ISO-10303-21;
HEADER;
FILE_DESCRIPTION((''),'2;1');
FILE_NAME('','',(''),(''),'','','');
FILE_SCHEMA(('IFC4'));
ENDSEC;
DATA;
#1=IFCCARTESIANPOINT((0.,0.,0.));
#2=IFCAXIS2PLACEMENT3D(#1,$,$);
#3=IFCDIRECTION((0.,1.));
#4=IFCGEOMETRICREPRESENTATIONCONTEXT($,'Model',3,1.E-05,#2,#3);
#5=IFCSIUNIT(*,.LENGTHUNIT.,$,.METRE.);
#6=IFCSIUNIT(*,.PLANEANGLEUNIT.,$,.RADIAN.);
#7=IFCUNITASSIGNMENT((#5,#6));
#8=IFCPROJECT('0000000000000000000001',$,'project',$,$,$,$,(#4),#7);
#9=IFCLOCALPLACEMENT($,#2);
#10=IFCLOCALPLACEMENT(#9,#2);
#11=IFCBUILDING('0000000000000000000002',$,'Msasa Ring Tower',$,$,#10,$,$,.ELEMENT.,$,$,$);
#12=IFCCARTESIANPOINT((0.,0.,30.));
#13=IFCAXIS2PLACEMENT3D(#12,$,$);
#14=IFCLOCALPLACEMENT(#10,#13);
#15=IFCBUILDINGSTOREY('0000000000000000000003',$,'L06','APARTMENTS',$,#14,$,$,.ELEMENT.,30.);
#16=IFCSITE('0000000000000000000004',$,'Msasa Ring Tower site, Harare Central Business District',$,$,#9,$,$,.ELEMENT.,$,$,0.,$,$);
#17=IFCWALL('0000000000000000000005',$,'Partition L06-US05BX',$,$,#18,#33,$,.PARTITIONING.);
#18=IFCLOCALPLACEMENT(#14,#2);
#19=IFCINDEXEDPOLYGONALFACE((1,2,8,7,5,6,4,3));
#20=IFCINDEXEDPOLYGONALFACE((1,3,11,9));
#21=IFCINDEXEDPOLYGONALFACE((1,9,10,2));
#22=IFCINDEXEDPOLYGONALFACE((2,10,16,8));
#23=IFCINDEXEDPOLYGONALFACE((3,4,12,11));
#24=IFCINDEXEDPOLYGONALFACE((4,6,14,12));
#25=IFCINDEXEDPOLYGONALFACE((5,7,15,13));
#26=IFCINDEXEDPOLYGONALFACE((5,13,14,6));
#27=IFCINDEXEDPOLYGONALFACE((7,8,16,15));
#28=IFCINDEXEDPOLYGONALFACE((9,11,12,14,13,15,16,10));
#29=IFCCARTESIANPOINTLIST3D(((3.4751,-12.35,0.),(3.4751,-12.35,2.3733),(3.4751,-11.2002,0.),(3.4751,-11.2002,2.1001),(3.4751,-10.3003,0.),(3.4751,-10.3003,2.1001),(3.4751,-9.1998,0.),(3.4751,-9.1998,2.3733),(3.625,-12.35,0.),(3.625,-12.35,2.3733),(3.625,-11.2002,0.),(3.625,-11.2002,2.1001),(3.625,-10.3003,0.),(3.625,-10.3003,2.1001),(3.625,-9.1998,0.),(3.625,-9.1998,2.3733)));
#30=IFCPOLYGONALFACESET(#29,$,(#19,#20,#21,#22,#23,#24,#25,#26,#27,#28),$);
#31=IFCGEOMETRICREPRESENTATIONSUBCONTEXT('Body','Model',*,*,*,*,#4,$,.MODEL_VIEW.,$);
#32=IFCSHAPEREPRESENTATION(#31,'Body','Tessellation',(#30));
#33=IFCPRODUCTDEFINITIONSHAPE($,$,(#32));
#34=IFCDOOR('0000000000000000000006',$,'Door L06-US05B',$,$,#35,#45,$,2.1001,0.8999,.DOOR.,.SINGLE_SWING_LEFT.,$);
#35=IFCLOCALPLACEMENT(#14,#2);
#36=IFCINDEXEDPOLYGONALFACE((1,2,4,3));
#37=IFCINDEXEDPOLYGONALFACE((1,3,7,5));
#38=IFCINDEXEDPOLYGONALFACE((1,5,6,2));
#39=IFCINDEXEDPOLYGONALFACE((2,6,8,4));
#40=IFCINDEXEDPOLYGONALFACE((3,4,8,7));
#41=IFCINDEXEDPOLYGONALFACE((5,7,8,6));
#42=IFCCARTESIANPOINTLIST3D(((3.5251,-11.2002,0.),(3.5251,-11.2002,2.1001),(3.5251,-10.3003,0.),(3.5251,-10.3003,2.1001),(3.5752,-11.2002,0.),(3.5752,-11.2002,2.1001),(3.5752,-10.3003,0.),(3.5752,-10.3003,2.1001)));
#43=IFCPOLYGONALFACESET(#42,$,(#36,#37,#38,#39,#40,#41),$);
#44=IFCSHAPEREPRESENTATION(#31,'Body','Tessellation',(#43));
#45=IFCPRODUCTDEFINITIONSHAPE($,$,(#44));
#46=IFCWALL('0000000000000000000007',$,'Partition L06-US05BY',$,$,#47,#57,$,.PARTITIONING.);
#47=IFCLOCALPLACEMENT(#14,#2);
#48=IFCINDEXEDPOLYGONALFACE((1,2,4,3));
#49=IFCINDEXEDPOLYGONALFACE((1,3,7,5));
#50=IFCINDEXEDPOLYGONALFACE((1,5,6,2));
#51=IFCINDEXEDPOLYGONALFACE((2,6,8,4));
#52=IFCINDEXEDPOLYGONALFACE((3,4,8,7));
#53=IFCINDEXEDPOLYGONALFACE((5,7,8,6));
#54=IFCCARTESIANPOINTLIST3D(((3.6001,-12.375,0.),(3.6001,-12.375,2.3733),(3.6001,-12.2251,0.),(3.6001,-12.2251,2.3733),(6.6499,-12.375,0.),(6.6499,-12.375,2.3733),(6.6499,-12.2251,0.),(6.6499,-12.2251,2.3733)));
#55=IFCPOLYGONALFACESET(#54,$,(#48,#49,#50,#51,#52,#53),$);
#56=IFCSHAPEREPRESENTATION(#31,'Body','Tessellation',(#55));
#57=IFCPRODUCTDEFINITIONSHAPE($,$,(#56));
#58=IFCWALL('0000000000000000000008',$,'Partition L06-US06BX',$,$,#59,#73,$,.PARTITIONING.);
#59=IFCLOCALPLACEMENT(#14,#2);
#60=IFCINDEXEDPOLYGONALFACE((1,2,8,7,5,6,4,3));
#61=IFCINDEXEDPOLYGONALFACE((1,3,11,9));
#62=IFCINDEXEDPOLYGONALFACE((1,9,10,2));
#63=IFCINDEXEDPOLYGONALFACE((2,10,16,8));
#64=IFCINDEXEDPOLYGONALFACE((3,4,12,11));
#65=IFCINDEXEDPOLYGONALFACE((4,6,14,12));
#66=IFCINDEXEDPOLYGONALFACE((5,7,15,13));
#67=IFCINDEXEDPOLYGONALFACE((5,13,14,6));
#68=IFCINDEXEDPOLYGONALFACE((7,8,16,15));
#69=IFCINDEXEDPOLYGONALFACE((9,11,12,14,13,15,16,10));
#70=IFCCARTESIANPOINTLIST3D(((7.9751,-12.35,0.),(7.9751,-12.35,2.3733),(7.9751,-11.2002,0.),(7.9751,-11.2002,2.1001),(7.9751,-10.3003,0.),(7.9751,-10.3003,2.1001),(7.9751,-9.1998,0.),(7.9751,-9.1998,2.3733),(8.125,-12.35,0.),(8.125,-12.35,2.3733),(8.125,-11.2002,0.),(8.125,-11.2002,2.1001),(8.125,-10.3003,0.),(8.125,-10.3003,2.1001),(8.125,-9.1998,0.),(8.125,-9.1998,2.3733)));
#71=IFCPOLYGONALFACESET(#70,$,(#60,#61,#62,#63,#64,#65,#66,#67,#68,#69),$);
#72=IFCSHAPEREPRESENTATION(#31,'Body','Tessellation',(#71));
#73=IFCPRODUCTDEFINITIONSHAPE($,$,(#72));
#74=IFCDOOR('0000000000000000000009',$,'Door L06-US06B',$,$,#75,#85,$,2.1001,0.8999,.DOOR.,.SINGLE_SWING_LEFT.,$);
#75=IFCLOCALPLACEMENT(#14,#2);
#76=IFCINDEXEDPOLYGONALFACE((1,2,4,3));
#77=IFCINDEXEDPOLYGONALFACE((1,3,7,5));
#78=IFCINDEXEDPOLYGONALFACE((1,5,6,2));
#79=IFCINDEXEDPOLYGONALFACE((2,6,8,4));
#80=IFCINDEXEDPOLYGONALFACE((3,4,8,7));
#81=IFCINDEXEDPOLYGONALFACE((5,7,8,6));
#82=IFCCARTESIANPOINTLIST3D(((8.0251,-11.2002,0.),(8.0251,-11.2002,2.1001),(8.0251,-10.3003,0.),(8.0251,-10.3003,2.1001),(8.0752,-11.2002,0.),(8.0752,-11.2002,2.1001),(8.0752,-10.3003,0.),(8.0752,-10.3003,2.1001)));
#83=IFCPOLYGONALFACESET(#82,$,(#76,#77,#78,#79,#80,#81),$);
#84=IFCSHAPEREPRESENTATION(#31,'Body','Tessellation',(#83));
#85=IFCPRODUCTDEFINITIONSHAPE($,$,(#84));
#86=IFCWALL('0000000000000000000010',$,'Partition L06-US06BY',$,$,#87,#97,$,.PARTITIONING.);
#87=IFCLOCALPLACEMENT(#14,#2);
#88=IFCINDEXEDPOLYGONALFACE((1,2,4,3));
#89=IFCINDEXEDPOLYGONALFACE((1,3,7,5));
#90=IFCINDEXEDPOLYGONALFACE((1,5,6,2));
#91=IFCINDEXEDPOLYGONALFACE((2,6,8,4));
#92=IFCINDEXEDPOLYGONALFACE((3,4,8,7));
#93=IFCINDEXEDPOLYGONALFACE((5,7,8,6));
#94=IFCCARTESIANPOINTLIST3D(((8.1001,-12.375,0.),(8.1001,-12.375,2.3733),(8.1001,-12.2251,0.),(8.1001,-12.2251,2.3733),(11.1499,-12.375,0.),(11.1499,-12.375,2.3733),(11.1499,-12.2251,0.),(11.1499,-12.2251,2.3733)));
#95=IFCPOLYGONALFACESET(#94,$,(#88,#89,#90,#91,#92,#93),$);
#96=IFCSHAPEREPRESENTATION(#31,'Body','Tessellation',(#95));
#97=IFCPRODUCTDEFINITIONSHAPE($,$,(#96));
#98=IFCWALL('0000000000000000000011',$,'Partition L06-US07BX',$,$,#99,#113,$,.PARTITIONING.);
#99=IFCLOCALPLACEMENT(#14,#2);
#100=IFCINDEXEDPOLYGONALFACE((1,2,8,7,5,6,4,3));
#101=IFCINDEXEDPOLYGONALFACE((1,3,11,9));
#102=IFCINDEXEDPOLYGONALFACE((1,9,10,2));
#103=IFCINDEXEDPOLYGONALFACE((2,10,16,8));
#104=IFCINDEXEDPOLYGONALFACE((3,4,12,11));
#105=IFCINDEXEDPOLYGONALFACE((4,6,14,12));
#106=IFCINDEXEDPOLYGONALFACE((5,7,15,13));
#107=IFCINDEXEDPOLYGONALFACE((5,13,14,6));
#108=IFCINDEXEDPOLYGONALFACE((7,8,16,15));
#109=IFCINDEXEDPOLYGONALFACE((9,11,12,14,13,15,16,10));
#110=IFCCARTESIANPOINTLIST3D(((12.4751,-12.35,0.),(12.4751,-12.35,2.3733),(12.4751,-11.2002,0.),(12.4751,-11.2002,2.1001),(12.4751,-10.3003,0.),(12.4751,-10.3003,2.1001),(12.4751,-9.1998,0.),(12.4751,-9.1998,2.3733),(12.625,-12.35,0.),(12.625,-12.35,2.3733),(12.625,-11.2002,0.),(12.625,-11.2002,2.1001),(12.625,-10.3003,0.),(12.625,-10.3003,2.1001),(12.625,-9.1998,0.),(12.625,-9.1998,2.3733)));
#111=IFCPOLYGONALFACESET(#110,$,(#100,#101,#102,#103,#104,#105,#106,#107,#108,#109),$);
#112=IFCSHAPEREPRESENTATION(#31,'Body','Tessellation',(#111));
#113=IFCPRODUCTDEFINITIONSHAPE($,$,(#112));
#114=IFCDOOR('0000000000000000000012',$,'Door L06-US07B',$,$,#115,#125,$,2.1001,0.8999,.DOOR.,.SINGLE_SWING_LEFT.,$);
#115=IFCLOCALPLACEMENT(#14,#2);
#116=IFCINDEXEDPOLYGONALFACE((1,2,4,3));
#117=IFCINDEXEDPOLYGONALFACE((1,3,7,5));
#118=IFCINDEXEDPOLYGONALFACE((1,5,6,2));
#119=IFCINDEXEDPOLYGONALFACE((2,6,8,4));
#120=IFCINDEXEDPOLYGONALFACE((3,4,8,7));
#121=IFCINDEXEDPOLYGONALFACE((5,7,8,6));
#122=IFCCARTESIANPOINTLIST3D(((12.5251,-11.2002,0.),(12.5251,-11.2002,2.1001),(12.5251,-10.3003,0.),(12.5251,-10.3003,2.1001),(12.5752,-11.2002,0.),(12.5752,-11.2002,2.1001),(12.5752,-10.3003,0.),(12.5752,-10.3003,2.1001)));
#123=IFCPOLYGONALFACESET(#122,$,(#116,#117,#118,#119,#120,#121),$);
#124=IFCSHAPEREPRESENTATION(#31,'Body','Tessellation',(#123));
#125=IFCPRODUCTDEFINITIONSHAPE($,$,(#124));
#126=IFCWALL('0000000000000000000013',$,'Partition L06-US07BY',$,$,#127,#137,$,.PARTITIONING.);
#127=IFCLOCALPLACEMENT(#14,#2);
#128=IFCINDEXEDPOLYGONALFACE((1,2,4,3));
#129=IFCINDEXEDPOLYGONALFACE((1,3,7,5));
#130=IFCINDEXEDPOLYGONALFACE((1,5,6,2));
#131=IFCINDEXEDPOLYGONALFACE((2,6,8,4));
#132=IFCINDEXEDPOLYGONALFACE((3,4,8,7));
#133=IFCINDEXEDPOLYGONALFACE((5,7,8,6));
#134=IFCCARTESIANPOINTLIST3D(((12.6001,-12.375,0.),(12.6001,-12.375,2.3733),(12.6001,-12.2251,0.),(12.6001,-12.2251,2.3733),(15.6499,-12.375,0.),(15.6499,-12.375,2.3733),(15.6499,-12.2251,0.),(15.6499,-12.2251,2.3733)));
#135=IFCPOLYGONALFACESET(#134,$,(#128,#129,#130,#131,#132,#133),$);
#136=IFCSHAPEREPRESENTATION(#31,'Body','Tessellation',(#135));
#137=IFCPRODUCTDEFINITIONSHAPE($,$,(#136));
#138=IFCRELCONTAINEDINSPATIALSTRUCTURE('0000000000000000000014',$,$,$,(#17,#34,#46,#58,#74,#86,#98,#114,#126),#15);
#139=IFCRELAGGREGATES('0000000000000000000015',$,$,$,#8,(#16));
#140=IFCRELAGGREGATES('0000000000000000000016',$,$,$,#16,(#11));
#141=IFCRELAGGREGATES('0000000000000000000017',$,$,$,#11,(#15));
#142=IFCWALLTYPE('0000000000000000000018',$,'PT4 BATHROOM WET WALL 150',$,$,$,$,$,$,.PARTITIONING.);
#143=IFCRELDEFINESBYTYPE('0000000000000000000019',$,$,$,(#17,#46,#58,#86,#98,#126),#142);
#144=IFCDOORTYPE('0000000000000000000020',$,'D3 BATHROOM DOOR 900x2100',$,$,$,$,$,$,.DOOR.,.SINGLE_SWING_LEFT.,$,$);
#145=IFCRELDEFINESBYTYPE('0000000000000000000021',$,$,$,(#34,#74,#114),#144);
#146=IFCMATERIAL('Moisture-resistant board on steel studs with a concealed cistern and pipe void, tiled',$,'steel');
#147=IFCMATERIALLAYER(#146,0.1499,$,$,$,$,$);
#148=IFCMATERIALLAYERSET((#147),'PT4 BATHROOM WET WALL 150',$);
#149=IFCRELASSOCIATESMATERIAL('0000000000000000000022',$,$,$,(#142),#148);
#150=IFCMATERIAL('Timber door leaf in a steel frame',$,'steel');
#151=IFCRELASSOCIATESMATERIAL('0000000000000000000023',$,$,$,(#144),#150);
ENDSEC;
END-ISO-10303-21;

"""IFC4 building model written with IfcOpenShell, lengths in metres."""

from ifc_helpers import new_model, si_unit, direction, frame, frame_2d, origin, place, context, subcontext, project, spatial, rectangle, extrude, material, layer, layer_set, type_object, element, fill, save


model = new_model("IFC4")

# Units and contexts
model_context = context("Model", 3, precision=1e-05, world=origin(), true_north=direction((0.0, 1.0)))
body_context = subcontext(model_context, "Body", "Model", "MODEL_VIEW")
ifc_project = project(units=[si_unit("LENGTHUNIT", "METRE"), si_unit("PLANEANGLEUNIT", "RADIAN")], contexts=[model_context])

# Site, building, storey
site_placement = place(None, origin())
site = spatial("IfcSite", under=ifc_project, at=site_placement, Name="Msasa Ring Tower site, Harare Central Business District", CompositionType="ELEMENT", RefElevation=0.0)
building_placement = place(site_placement, origin())
building = spatial("IfcBuilding", under=site, at=building_placement, Name="Msasa Ring Tower", CompositionType="ELEMENT")
storey_placement = place(building_placement, frame((0.0, 0.0, 30.0)))
storey = spatial("IfcBuildingStorey", under=building, at=storey_placement, Name="L06", Description="APARTMENTS", CompositionType="ELEMENT", Elevation=30.0)

# Wall, opening, door
ifc_material_1 = material(Name="Moisture-resistant board on steel studs with a concealed cistern and pipe void, tiled", Category="steel")
ifc_layer_1 = layer(ifc_material_1, 0.1499)
ifc_layer_set_1 = layer_set([ifc_layer_1], Name="PT4 BATHROOM WET WALL 150")
wall_type_1 = type_object("IfcWallType", Name="PT4 BATHROOM WET WALL 150", PredefinedType="PARTITIONING", material=ifc_layer_set_1)
wall_1_placement = place(storey_placement, frame((3.55, -12.3501, 0.0), z_axis=(0.0, 0.0, 1.0), x_axis=(0.0, 1.0, 0.0)))
wall_1 = element("IfcWall", 1, at=wall_1_placement, inside=storey, type_object=wall_type_1, Name="Partition L06-US05BX", PredefinedType="PARTITIONING", context=body_context, shape_type="SweptSolid", body=[
    extrude(rectangle(XDim=3.1501, YDim=0.1499, at=frame_2d((1.5752, 0.0))), origin(), (0.0, 0.0, 1.0), 2.3733),
])
opening_1_placement = place(wall_1_placement, frame((1.1499, 0.0, 0.0)))
opening_1 = element("IfcOpeningElement", 2, at=opening_1_placement, cuts=wall_1, PredefinedType="OPENING", context=body_context, shape_type="SweptSolid", body=[
    extrude(rectangle(XDim=0.8999, YDim=2.1001, at=frame_2d((0.45, 1.05))), frame((0.0, 0.085, 0.0), z_axis=(0.0, -1.0, 0.0), x_axis=(1.0, 0.0, 0.0)), (0.0, 0.0, 1.0), 0.1699),
])
ifc_material_2 = material(Name="Timber door leaf in a steel frame", Category="steel")
door_type_1 = type_object("IfcDoorType", Name="D3 BATHROOM DOOR 900x2100", OperationType="SINGLE_SWING_LEFT", PredefinedType="DOOR", material=ifc_material_2)
door_1_placement = place(opening_1_placement, origin())
door_1 = element("IfcDoor", 3, at=door_1_placement, inside=storey, type_object=door_type_1, Name="Door L06-US05B", OperationType="SINGLE_SWING_LEFT", OverallHeight=2.1001, OverallWidth=0.8999, PredefinedType="DOOR", context=body_context, shape_type="SweptSolid", body=[
    extrude(rectangle(XDim=0.8999, YDim=2.1001, at=frame_2d((0.45, 1.05))), frame((0.0, 0.0249, 0.0), z_axis=(0.0, -1.0, 0.0), x_axis=(1.0, 0.0, 0.0)), (0.0, 0.0, 1.0), 0.05),
])
fill(opening_1, door_1)

# Wall
wall_2_placement = place(storey_placement, frame((3.6001, -12.3, 0.0), z_axis=(0.0, 0.0, 1.0), x_axis=(1.0, 0.0, 0.0)))
element("IfcWall", 4, at=wall_2_placement, inside=storey, type_object=wall_type_1, Name="Partition L06-US05BY", PredefinedType="PARTITIONING", context=body_context, shape_type="SweptSolid", body=[
    extrude(rectangle(XDim=3.0498, YDim=0.1499, at=frame_2d((1.5249, 0.0))), origin(), (0.0, 0.0, 1.0), 2.3733),
])

# Wall, opening, door
wall_3_placement = place(storey_placement, frame((8.05, -12.3501, 0.0), z_axis=(0.0, 0.0, 1.0), x_axis=(0.0, 1.0, 0.0)))
wall_3 = element("IfcWall", 5, at=wall_3_placement, inside=storey, type_object=wall_type_1, Name="Partition L06-US06BX", PredefinedType="PARTITIONING", context=body_context, shape_type="SweptSolid", body=[
    extrude(rectangle(XDim=3.1501, YDim=0.1499, at=frame_2d((1.5752, 0.0))), origin(), (0.0, 0.0, 1.0), 2.3733),
])
opening_2_placement = place(wall_3_placement, frame((1.1499, 0.0, 0.0)))
opening_2 = element("IfcOpeningElement", 6, at=opening_2_placement, cuts=wall_3, PredefinedType="OPENING", context=body_context, shape_type="SweptSolid", body=[
    extrude(rectangle(XDim=0.8999, YDim=2.1001, at=frame_2d((0.45, 1.05))), frame((0.0, 0.085, 0.0), z_axis=(0.0, -1.0, 0.0), x_axis=(1.0, 0.0, 0.0)), (0.0, 0.0, 1.0), 0.1699),
])
door_2_placement = place(opening_2_placement, origin())
door_2 = element("IfcDoor", 7, at=door_2_placement, inside=storey, type_object=door_type_1, Name="Door L06-US06B", OperationType="SINGLE_SWING_LEFT", OverallHeight=2.1001, OverallWidth=0.8999, PredefinedType="DOOR", context=body_context, shape_type="SweptSolid", body=[
    extrude(rectangle(XDim=0.8999, YDim=2.1001, at=frame_2d((0.45, 1.05))), frame((0.0, 0.0249, 0.0), z_axis=(0.0, -1.0, 0.0), x_axis=(1.0, 0.0, 0.0)), (0.0, 0.0, 1.0), 0.05),
])
fill(opening_2, door_2)

# Wall
wall_4_placement = place(storey_placement, frame((8.1001, -12.3, 0.0), z_axis=(0.0, 0.0, 1.0), x_axis=(1.0, 0.0, 0.0)))
element("IfcWall", 8, at=wall_4_placement, inside=storey, type_object=wall_type_1, Name="Partition L06-US06BY", PredefinedType="PARTITIONING", context=body_context, shape_type="SweptSolid", body=[
    extrude(rectangle(XDim=3.0498, YDim=0.1499, at=frame_2d((1.5249, 0.0))), origin(), (0.0, 0.0, 1.0), 2.3733),
])

# Wall, opening, door
wall_5_placement = place(storey_placement, frame((12.55, -12.3501, 0.0), z_axis=(0.0, 0.0, 1.0), x_axis=(0.0, 1.0, 0.0)))
wall_5 = element("IfcWall", 9, at=wall_5_placement, inside=storey, type_object=wall_type_1, Name="Partition L06-US07BX", PredefinedType="PARTITIONING", context=body_context, shape_type="SweptSolid", body=[
    extrude(rectangle(XDim=3.1501, YDim=0.1499, at=frame_2d((1.5752, 0.0))), origin(), (0.0, 0.0, 1.0), 2.3733),
])
opening_3_placement = place(wall_5_placement, frame((1.1499, 0.0, 0.0)))
opening_3 = element("IfcOpeningElement", 10, at=opening_3_placement, cuts=wall_5, PredefinedType="OPENING", context=body_context, shape_type="SweptSolid", body=[
    extrude(rectangle(XDim=0.8999, YDim=2.1001, at=frame_2d((0.45, 1.05))), frame((0.0, 0.085, 0.0), z_axis=(0.0, -1.0, 0.0), x_axis=(1.0, 0.0, 0.0)), (0.0, 0.0, 1.0), 0.1699),
])
door_3_placement = place(opening_3_placement, origin())
door_3 = element("IfcDoor", 11, at=door_3_placement, inside=storey, type_object=door_type_1, Name="Door L06-US07B", OperationType="SINGLE_SWING_LEFT", OverallHeight=2.1001, OverallWidth=0.8999, PredefinedType="DOOR", context=body_context, shape_type="SweptSolid", body=[
    extrude(rectangle(XDim=0.8999, YDim=2.1001, at=frame_2d((0.45, 1.05))), frame((0.0, 0.0249, 0.0), z_axis=(0.0, -1.0, 0.0), x_axis=(1.0, 0.0, 0.0)), (0.0, 0.0, 1.0), 0.05),
])
fill(opening_3, door_3)

# Wall
wall_6_placement = place(storey_placement, frame((12.6001, -12.3, 0.0), z_axis=(0.0, 0.0, 1.0), x_axis=(1.0, 0.0, 0.0)))
element("IfcWall", 12, at=wall_6_placement, inside=storey, type_object=wall_type_1, Name="Partition L06-US07BY", PredefinedType="PARTITIONING", context=body_context, shape_type="SweptSolid", body=[
    extrude(rectangle(XDim=3.0498, YDim=0.1499, at=frame_2d((1.5249, 0.0))), origin(), (0.0, 0.0, 1.0), 2.3733),
])

save(model, "model.ifc")
